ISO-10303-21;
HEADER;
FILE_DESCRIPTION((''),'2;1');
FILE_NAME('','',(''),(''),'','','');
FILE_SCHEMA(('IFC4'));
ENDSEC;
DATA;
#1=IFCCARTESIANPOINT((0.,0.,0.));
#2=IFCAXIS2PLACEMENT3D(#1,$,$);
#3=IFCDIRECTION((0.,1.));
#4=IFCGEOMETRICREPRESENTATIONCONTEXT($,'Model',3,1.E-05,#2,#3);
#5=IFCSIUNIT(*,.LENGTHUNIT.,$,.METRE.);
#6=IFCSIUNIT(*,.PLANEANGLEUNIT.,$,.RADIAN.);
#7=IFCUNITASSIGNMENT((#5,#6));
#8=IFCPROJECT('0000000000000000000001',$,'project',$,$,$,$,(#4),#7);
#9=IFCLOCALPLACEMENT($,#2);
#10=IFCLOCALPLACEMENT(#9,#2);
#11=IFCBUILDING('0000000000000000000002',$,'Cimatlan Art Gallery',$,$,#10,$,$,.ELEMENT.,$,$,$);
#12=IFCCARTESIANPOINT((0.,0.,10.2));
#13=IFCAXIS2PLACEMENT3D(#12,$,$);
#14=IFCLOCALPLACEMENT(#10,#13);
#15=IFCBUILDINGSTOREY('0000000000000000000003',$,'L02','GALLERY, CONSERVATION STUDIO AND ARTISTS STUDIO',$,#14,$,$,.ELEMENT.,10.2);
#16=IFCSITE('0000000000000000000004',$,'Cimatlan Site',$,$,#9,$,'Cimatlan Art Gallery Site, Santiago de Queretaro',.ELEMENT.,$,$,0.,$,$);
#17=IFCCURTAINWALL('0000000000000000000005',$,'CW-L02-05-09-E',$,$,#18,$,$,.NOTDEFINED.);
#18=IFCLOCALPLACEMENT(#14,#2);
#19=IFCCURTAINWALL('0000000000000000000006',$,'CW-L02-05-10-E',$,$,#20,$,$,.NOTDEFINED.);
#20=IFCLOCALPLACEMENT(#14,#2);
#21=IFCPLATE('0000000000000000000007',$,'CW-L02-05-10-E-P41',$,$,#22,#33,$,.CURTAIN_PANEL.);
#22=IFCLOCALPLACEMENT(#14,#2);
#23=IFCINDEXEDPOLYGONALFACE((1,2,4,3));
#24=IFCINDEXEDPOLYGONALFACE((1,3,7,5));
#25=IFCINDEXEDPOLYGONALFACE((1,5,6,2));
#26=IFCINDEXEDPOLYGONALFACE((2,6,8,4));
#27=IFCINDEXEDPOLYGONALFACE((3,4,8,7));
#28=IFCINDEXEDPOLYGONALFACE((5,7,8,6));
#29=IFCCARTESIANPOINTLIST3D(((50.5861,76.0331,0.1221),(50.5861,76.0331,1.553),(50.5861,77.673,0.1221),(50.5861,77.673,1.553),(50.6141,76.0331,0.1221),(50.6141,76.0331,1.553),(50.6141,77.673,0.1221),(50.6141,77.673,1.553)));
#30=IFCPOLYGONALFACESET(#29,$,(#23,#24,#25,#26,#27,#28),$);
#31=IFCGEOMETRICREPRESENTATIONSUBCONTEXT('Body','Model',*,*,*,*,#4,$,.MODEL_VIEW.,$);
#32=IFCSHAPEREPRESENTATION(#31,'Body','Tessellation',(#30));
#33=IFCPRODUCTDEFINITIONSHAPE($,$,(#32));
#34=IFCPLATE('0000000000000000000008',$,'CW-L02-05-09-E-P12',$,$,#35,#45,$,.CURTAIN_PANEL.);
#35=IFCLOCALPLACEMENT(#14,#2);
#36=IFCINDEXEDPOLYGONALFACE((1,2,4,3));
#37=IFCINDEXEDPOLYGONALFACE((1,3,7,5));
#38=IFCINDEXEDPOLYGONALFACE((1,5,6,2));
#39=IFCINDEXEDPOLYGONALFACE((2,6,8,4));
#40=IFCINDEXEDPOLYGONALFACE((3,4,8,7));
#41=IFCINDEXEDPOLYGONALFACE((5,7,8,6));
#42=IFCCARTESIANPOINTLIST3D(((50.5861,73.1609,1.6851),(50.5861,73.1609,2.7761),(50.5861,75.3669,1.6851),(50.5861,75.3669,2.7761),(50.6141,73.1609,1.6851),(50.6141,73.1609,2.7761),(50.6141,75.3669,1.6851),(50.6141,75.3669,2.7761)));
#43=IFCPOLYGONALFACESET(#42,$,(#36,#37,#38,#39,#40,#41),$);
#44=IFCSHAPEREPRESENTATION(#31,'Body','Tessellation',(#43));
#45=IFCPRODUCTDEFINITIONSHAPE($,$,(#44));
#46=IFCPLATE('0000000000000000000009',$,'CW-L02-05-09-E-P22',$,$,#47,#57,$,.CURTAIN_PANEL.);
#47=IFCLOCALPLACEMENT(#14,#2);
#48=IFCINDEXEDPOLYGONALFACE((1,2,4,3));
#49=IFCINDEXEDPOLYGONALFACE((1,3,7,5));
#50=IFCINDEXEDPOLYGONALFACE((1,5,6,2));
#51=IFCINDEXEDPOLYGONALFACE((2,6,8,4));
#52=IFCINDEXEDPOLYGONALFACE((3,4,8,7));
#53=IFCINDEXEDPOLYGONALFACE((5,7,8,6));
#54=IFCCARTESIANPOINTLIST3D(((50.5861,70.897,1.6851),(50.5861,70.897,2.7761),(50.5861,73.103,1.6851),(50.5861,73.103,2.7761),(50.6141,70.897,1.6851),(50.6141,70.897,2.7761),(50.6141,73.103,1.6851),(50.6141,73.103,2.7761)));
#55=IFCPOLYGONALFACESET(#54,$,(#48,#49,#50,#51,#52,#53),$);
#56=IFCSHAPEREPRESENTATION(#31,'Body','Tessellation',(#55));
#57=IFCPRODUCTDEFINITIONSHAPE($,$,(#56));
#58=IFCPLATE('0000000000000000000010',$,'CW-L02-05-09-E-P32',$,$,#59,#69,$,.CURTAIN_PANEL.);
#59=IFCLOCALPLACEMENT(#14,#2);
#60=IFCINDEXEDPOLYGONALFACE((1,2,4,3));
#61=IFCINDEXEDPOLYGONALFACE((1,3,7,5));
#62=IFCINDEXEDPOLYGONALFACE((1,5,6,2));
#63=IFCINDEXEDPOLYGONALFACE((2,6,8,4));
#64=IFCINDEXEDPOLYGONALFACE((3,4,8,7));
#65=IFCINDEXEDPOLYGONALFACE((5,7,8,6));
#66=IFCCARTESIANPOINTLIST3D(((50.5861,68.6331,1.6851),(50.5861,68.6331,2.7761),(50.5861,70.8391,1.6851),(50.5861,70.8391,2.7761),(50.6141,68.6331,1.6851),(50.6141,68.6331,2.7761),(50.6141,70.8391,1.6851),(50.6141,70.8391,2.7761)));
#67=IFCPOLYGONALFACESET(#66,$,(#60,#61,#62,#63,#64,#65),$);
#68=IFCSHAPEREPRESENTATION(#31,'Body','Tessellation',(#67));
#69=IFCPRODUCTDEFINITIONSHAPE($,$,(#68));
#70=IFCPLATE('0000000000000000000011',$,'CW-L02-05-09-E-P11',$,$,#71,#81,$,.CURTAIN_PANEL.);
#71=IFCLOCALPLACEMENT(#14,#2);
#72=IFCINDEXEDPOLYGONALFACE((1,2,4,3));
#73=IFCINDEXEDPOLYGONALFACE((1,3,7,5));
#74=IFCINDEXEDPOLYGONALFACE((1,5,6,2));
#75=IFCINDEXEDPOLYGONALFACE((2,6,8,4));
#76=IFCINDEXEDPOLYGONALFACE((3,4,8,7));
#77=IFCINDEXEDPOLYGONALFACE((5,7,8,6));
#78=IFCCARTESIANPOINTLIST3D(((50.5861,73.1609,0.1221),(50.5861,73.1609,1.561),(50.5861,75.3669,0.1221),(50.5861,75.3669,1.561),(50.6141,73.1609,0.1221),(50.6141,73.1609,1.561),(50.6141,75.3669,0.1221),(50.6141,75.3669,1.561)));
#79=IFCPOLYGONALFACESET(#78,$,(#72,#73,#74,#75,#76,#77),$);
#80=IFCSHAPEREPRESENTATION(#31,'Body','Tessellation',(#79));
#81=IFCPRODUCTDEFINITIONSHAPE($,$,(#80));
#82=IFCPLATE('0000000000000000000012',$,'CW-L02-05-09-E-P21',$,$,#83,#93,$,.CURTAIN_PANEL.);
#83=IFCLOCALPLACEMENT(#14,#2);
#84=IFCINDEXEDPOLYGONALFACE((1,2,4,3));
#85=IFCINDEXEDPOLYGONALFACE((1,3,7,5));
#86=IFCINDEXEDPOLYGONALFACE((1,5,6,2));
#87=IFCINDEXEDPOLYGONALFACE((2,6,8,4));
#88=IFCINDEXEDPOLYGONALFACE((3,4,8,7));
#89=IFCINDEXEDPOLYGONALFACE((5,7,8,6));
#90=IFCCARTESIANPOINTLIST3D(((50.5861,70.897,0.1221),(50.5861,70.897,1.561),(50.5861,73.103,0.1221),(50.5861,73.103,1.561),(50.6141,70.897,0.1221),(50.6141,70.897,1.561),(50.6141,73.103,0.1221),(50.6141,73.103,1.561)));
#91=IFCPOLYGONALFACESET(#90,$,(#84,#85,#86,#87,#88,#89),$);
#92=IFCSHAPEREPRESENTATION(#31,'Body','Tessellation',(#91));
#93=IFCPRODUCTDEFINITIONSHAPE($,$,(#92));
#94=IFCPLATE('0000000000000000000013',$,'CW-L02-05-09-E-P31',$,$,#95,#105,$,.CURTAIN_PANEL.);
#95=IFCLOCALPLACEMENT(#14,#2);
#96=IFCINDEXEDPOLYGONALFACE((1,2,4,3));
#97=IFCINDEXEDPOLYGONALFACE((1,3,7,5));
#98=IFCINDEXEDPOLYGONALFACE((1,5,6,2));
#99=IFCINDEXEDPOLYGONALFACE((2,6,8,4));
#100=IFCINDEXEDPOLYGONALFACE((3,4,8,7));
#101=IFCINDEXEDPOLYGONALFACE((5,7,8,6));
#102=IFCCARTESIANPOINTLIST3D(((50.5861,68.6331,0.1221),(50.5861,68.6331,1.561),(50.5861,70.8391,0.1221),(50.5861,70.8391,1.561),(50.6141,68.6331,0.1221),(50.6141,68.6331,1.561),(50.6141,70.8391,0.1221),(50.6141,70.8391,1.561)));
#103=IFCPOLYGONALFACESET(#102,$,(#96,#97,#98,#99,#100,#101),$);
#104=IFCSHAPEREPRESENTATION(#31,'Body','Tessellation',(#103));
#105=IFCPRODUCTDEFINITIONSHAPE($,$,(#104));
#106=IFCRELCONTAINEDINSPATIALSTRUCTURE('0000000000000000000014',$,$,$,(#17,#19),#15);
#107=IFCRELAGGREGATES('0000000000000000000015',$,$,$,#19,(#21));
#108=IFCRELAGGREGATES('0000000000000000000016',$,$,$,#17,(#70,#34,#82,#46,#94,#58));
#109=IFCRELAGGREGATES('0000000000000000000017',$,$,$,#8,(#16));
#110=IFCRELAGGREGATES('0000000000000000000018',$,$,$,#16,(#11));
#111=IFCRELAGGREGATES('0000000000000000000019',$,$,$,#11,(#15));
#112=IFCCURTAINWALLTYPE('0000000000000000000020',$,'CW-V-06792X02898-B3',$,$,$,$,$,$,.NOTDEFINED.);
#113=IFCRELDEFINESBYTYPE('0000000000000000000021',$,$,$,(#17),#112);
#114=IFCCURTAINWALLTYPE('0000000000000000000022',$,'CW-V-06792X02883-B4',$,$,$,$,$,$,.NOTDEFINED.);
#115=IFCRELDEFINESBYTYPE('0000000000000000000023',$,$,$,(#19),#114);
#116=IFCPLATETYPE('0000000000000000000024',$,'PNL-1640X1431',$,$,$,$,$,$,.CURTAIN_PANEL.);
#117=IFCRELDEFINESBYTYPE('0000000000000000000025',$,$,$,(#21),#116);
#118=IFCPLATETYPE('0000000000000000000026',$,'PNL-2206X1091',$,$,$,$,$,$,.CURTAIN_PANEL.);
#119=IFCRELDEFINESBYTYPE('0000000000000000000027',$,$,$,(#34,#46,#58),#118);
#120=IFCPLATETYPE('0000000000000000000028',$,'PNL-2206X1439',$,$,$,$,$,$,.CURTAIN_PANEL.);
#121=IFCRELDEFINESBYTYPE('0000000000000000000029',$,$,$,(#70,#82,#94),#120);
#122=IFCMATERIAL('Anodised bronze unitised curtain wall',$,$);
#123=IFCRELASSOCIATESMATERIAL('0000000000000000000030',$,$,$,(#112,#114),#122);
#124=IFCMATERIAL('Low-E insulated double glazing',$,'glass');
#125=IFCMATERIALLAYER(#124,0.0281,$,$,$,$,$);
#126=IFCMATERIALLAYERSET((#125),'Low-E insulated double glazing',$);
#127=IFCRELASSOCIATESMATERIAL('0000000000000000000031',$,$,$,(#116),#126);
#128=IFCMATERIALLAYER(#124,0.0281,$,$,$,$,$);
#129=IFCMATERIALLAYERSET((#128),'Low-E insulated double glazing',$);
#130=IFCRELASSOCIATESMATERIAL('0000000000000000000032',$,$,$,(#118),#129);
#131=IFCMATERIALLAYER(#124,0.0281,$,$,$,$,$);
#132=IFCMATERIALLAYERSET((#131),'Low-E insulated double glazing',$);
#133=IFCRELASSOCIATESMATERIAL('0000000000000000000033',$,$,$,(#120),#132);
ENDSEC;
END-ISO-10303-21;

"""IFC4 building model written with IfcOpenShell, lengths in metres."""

from ifc_helpers import new_model, si_unit, direction, frame, origin, origin_2d, place, context, subcontext, project, spatial, rectangle, extrude, material, layer, layer_set, type_object, element, aggregate, save


model = new_model("IFC4")

# Units and contexts
model_context = context("Model", 3, precision=1e-05, world=origin(), true_north=direction((0.0, 1.0)))
body_context = subcontext(model_context, "Body", "Model", "MODEL_VIEW")
ifc_project = project(units=[si_unit("LENGTHUNIT", "METRE"), si_unit("PLANEANGLEUNIT", "RADIAN")], contexts=[model_context])

# Site, building, storey
site_placement = place(None, origin())
site = spatial("IfcSite", under=ifc_project, at=site_placement, Name="Cimatlan Site", LongName="Cimatlan Art Gallery Site, Santiago de Queretaro", CompositionType="ELEMENT", RefElevation=0.0)
building_placement = place(site_placement, origin())
building = spatial("IfcBuilding", under=site, at=building_placement, Name="Cimatlan Art Gallery", CompositionType="ELEMENT")
storey_placement = place(building_placement, frame((0.0, 0.0, 10.2)))
storey = spatial("IfcBuildingStorey", under=building, at=storey_placement, Name="L02", Description="GALLERY, CONSERVATION STUDIO AND ARTISTS STUDIO", CompositionType="ELEMENT", Elevation=10.2)

# Curtain walls
ifc_material_1 = material(Name="Anodised bronze unitised curtain wall")
curtain_wall_type_1 = type_object("IfcCurtainWallType", Name="CW-V-06792X02898-B3", PredefinedType="NOTDEFINED", material=ifc_material_1)
curtain_wall_1_placement = place(storey_placement, origin())
curtain_wall_1 = element("IfcCurtainWall", 1, at=curtain_wall_1_placement, inside=storey, type_object=curtain_wall_type_1, Name="CW-L02-05-09-E", PredefinedType="NOTDEFINED")
curtain_wall_type_2 = type_object("IfcCurtainWallType", Name="CW-V-06792X02883-B4", PredefinedType="NOTDEFINED", material=ifc_material_1)
curtain_wall_2_placement = place(storey_placement, origin())
curtain_wall_2 = element("IfcCurtainWall", 2, at=curtain_wall_2_placement, inside=storey, type_object=curtain_wall_type_2, Name="CW-L02-05-10-E", PredefinedType="NOTDEFINED")

# Plates
ifc_material_2 = material(Name="Low-E insulated double glazing", Category="glass")
ifc_layer_1 = layer(ifc_material_2, 0.0281)
ifc_layer_set_1 = layer_set([ifc_layer_1], Name="Low-E insulated double glazing")
plate_type_1 = type_object("IfcPlateType", Name="PNL-1640X1431", PredefinedType="CURTAIN_PANEL", material=ifc_layer_set_1)
plate_1_placement = place(storey_placement, frame((50.6001, 76.853, 0.1221), z_axis=(0.0, 0.0, 1.0), x_axis=(0.0, -1.0, 0.0)))
plate_1 = element("IfcPlate", 3, at=plate_1_placement, type_object=plate_type_1, Name="CW-L02-05-10-E-P41", PredefinedType="CURTAIN_PANEL", context=body_context, shape_type="SweptSolid", body=[
    extrude(rectangle(XDim=1.6399, YDim=0.0281, at=origin_2d()), origin(), (0.0, 0.0, 1.0), 1.4309),
])
aggregate(curtain_wall_2, [plate_1])
ifc_layer_2 = layer(ifc_material_2, 0.0281)
ifc_layer_set_2 = layer_set([ifc_layer_2], Name="Low-E insulated double glazing")
plate_type_2 = type_object("IfcPlateType", Name="PNL-2206X1091", PredefinedType="CURTAIN_PANEL", material=ifc_layer_set_2)
plate_2_placement = place(storey_placement, frame((50.6001, 74.2639, 1.6851), z_axis=(0.0, 0.0, 1.0), x_axis=(0.0, -1.0, 0.0)))
plate_2 = element("IfcPlate", 4, at=plate_2_placement, type_object=plate_type_2, Name="CW-L02-05-09-E-P12", PredefinedType="CURTAIN_PANEL", context=body_context, shape_type="SweptSolid", body=[
    extrude(rectangle(XDim=2.2061, YDim=0.0281, at=origin_2d()), origin(), (0.0, 0.0, 1.0), 1.0911),
])
plate_3_placement = place(storey_placement, frame((50.6001, 72.0, 1.6851), z_axis=(0.0, 0.0, 1.0), x_axis=(0.0, -1.0, 0.0)))
plate_3 = element("IfcPlate", 5, at=plate_3_placement, type_object=plate_type_2, Name="CW-L02-05-09-E-P22", PredefinedType="CURTAIN_PANEL", context=body_context, shape_type="SweptSolid", body=[
    extrude(rectangle(XDim=2.2061, YDim=0.0281, at=origin_2d()), origin(), (0.0, 0.0, 1.0), 1.0911),
])
plate_4_placement = place(storey_placement, frame((50.6001, 69.7361, 1.6851), z_axis=(0.0, 0.0, 1.0), x_axis=(0.0, -1.0, 0.0)))
plate_4 = element("IfcPlate", 6, at=plate_4_placement, type_object=plate_type_2, Name="CW-L02-05-09-E-P32", PredefinedType="CURTAIN_PANEL", context=body_context, shape_type="SweptSolid", body=[
    extrude(rectangle(XDim=2.2061, YDim=0.0281, at=origin_2d()), origin(), (0.0, 0.0, 1.0), 1.0911),
])
ifc_layer_3 = layer(ifc_material_2, 0.0281)
ifc_layer_set_3 = layer_set([ifc_layer_3], Name="Low-E insulated double glazing")
plate_type_3 = type_object("IfcPlateType", Name="PNL-2206X1439", PredefinedType="CURTAIN_PANEL", material=ifc_layer_set_3)
plate_5_placement = place(storey_placement, frame((50.6001, 74.2639, 0.1221), z_axis=(0.0, 0.0, 1.0), x_axis=(0.0, -1.0, 0.0)))
plate_5 = element("IfcPlate", 7, at=plate_5_placement, type_object=plate_type_3, Name="CW-L02-05-09-E-P11", PredefinedType="CURTAIN_PANEL", context=body_context, shape_type="SweptSolid", body=[
    extrude(rectangle(XDim=2.2061, YDim=0.0281, at=origin_2d()), origin(), (0.0, 0.0, 1.0), 1.439),
])
plate_6_placement = place(storey_placement, frame((50.6001, 72.0, 0.1221), z_axis=(0.0, 0.0, 1.0), x_axis=(0.0, -1.0, 0.0)))
plate_6 = element("IfcPlate", 8, at=plate_6_placement, type_object=plate_type_3, Name="CW-L02-05-09-E-P21", PredefinedType="CURTAIN_PANEL", context=body_context, shape_type="SweptSolid", body=[
    extrude(rectangle(XDim=2.2061, YDim=0.0281, at=origin_2d()), origin(), (0.0, 0.0, 1.0), 1.439),
])
plate_7_placement = place(storey_placement, frame((50.6001, 69.7361, 0.1221), z_axis=(0.0, 0.0, 1.0), x_axis=(0.0, -1.0, 0.0)))
plate_7 = element("IfcPlate", 9, at=plate_7_placement, type_object=plate_type_3, Name="CW-L02-05-09-E-P31", PredefinedType="CURTAIN_PANEL", context=body_context, shape_type="SweptSolid", body=[
    extrude(rectangle(XDim=2.2061, YDim=0.0281, at=origin_2d()), origin(), (0.0, 0.0, 1.0), 1.439),
])
aggregate(curtain_wall_1, [plate_5, plate_2, plate_6, plate_3, plate_7, plate_4])

save(model, "model.ifc")
